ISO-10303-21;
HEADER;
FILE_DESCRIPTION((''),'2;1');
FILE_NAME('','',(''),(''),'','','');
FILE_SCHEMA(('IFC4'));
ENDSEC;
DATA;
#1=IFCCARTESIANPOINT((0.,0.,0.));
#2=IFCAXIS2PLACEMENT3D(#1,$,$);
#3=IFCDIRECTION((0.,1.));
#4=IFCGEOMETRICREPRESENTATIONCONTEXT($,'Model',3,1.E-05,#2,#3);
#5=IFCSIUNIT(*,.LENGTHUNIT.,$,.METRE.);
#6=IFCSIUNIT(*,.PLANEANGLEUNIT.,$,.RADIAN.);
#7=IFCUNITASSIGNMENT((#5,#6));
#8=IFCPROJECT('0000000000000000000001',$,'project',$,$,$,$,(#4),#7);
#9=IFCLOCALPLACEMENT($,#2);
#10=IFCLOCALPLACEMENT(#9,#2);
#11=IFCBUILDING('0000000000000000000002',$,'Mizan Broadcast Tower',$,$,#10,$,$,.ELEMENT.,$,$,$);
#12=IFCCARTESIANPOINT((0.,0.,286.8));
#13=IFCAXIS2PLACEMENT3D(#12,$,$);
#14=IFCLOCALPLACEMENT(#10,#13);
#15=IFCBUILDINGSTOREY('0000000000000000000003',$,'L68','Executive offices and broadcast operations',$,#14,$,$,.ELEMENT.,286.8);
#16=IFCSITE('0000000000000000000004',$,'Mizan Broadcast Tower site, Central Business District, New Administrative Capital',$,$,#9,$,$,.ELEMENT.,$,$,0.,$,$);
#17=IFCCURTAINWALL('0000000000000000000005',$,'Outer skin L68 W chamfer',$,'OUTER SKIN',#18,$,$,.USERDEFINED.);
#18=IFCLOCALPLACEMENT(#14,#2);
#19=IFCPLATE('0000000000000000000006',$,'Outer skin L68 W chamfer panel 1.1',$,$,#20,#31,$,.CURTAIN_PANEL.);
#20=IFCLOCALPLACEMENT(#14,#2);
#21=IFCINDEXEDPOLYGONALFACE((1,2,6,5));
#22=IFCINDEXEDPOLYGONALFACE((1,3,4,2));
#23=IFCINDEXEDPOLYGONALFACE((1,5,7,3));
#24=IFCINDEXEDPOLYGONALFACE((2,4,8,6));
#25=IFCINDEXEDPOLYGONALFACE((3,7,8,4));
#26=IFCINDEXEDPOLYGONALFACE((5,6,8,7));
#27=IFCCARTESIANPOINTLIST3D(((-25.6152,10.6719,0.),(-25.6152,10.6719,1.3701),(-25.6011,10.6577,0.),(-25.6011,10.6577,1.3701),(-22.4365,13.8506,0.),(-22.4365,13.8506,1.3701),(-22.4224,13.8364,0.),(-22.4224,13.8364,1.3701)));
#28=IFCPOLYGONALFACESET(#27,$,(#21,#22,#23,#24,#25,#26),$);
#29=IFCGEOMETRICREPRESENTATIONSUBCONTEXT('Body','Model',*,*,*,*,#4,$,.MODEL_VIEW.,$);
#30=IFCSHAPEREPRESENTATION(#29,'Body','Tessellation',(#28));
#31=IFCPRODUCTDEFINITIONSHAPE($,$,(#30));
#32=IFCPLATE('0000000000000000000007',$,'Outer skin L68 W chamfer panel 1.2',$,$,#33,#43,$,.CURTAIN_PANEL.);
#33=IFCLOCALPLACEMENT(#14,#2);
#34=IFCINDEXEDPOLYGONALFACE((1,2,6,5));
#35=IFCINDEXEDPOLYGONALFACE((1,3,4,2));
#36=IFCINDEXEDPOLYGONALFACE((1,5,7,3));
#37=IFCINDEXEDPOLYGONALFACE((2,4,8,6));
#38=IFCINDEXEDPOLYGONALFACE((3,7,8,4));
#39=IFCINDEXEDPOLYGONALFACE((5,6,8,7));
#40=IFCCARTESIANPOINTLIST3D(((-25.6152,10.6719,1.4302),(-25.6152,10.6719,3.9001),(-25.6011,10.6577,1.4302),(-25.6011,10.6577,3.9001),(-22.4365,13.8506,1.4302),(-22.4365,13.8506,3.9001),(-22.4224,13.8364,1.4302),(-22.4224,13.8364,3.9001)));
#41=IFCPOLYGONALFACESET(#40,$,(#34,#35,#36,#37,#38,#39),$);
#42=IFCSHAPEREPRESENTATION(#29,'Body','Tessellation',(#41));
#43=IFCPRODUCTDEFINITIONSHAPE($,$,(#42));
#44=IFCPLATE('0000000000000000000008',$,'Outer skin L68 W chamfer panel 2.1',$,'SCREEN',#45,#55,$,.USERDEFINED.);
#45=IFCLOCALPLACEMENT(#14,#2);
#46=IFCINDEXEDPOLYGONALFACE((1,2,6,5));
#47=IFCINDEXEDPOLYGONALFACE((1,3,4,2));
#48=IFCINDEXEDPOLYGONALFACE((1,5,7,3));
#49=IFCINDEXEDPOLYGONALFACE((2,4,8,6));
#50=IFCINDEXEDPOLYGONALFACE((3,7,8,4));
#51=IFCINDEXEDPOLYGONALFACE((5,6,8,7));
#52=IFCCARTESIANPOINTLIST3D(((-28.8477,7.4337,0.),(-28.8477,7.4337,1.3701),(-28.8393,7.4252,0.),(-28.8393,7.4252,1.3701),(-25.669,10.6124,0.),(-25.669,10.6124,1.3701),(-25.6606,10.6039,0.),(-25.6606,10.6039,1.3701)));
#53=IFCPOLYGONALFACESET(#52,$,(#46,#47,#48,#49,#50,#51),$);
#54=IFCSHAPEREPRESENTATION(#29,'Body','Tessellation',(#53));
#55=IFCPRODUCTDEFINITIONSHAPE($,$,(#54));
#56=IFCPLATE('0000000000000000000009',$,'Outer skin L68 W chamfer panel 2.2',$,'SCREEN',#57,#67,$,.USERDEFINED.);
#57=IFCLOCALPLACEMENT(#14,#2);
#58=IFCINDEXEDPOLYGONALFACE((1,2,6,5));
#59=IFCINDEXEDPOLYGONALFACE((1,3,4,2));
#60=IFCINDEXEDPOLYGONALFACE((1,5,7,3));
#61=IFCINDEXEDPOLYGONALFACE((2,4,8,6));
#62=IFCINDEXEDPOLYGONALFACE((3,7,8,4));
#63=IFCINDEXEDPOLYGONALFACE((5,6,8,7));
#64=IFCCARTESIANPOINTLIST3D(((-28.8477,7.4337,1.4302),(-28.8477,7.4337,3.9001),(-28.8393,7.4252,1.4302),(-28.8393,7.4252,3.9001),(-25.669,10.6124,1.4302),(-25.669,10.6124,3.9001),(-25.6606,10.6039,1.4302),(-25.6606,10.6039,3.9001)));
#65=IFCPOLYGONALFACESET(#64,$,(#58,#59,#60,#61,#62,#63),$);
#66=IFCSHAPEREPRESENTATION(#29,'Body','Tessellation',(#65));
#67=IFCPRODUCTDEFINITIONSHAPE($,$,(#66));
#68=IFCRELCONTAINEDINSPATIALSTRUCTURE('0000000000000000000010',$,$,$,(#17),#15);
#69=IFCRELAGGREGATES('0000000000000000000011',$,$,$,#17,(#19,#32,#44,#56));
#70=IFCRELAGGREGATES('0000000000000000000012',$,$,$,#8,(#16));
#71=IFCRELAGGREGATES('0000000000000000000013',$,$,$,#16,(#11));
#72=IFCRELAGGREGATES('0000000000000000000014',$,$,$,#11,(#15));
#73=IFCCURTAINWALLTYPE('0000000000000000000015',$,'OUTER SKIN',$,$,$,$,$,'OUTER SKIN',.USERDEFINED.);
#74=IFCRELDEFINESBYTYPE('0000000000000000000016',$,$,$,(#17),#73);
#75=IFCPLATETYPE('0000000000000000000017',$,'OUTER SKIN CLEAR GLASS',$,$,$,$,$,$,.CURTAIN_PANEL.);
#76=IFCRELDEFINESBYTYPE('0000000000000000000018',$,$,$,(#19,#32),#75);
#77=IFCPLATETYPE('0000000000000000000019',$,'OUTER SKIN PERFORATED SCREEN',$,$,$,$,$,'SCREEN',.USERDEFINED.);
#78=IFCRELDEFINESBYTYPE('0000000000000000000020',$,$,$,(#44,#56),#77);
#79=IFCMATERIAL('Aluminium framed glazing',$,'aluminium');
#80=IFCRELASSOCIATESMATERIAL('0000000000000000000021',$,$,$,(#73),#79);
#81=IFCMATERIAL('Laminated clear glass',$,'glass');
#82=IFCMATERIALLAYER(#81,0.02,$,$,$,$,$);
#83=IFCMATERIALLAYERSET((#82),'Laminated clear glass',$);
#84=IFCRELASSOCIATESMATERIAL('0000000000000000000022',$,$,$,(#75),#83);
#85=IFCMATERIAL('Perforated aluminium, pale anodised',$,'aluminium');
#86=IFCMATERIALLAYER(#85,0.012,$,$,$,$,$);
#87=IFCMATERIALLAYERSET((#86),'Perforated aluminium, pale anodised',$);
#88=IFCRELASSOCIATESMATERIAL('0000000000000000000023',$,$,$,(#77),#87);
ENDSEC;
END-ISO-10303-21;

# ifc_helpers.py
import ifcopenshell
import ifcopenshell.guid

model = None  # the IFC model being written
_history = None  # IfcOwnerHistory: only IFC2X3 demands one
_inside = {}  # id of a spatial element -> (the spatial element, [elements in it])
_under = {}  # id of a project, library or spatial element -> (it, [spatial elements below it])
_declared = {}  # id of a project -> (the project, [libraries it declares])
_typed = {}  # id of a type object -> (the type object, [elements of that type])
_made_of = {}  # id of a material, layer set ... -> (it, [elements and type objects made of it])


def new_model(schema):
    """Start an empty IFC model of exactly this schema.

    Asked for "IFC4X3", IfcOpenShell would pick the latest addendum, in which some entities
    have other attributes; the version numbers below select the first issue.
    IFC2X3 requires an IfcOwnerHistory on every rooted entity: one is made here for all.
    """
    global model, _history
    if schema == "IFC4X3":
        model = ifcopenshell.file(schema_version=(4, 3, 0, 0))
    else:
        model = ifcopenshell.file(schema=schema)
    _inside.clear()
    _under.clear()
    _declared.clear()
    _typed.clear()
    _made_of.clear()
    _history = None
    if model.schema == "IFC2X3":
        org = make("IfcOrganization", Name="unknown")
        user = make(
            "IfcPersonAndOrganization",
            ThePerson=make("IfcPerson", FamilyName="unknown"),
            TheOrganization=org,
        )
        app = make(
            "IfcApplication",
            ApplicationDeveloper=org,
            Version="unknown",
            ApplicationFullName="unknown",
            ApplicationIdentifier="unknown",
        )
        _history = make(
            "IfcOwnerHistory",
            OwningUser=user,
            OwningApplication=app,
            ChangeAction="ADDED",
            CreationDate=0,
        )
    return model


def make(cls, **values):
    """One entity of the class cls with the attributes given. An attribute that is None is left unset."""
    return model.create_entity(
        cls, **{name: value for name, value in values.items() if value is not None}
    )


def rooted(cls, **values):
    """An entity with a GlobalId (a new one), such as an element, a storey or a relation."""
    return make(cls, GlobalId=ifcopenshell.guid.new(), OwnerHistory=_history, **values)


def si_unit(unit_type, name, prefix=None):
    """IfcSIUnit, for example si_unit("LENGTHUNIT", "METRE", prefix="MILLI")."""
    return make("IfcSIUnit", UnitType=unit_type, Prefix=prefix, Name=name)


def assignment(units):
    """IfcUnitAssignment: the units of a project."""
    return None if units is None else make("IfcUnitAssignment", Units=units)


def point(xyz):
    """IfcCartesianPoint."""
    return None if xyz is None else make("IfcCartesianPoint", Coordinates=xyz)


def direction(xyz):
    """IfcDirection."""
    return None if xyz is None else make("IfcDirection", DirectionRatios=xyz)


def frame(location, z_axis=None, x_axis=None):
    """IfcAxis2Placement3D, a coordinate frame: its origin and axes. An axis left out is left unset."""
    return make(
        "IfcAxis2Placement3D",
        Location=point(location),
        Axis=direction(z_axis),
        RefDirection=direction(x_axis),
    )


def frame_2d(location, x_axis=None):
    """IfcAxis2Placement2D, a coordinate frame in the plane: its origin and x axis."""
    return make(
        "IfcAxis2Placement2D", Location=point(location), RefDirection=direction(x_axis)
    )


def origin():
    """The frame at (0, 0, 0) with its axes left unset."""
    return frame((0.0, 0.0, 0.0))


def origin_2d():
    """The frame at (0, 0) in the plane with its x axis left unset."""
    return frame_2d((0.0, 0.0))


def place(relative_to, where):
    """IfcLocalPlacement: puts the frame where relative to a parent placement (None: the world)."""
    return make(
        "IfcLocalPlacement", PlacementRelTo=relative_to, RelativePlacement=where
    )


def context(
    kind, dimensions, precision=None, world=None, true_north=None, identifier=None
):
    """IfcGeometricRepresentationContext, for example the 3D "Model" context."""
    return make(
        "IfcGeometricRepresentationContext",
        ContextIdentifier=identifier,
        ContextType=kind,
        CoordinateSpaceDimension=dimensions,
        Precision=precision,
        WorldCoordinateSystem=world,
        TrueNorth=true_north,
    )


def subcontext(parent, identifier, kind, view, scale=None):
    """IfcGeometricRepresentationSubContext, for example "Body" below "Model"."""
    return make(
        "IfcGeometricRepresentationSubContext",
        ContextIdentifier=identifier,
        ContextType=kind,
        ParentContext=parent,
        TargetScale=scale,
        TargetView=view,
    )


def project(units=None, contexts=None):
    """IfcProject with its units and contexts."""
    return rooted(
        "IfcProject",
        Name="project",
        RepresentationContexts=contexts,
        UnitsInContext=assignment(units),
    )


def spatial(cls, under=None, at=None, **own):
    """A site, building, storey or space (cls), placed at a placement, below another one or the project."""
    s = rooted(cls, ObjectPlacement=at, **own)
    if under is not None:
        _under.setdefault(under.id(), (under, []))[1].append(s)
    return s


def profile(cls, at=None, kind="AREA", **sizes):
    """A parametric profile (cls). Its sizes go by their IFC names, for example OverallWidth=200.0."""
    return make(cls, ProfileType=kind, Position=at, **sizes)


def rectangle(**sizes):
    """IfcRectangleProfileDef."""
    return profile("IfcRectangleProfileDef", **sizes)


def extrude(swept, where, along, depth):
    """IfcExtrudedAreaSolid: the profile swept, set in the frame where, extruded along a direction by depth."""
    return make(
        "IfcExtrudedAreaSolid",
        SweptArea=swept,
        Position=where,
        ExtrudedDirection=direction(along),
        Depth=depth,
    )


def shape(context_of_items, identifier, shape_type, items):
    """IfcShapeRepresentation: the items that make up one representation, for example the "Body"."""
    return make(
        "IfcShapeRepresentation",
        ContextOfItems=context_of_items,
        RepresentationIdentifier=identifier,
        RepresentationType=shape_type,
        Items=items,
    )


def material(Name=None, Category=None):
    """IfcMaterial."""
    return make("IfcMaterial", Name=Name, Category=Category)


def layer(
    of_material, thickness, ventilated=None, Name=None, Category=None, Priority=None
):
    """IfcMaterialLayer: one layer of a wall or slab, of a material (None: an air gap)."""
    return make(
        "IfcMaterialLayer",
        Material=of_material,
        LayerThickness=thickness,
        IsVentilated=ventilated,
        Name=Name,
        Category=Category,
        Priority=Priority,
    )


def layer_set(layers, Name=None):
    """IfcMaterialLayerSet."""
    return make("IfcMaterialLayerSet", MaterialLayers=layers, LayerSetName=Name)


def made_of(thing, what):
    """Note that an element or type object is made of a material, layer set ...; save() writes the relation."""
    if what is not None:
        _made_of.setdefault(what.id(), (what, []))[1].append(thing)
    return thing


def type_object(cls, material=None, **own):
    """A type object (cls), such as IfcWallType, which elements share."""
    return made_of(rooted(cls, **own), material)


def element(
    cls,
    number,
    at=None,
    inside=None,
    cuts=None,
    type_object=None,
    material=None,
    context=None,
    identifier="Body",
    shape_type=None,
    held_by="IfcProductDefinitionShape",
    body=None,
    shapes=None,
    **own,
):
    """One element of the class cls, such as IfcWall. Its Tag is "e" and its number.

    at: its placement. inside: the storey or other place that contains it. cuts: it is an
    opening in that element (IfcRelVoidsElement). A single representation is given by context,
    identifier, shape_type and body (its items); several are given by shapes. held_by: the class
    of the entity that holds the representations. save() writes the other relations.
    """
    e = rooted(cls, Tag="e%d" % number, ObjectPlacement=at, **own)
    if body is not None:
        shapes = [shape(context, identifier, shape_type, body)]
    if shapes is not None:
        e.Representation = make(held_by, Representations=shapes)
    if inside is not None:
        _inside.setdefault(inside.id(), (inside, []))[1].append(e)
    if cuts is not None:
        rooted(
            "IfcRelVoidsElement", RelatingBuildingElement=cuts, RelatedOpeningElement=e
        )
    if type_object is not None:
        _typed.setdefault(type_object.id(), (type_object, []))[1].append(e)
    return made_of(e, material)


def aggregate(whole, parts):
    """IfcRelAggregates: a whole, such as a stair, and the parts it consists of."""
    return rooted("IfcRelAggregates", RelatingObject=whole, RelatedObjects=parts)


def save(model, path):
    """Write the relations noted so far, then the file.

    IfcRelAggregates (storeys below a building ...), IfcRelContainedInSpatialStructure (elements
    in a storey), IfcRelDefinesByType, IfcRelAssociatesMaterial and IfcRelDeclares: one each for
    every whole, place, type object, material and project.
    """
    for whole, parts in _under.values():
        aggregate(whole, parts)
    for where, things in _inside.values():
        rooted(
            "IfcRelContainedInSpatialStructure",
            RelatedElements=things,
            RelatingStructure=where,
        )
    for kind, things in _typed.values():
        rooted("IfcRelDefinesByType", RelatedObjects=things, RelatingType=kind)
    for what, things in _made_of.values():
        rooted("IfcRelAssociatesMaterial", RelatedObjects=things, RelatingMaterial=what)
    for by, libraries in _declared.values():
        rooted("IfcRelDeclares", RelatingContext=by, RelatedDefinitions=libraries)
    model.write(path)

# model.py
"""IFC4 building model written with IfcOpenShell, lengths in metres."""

from ifc_helpers import new_model, si_unit, direction, frame, origin, origin_2d, place, context, subcontext, project, spatial, rectangle, extrude, material, layer, layer_set, type_object, element, aggregate, save


model = new_model("IFC4")

# Units and contexts
model_context = context("Model", 3, precision=1e-05, world=origin(), true_north=direction((0.0, 1.0)))
body_context = subcontext(model_context, "Body", "Model", "MODEL_VIEW")
ifc_project = project(units=[si_unit("LENGTHUNIT", "METRE"), si_unit("PLANEANGLEUNIT", "RADIAN")], contexts=[model_context])

# Site, building, storey
site_placement = place(None, origin())
site = spatial("IfcSite", under=ifc_project, at=site_placement, Name="Mizan Broadcast Tower site, Central Business District, New Administrative Capital", CompositionType="ELEMENT", RefElevation=0.0)
building_placement = place(site_placement, origin())
building = spatial("IfcBuilding", under=site, at=building_placement, Name="Mizan Broadcast Tower", CompositionType="ELEMENT")
storey_placement = place(building_placement, frame((0.0, 0.0, 286.8)))
storey = spatial("IfcBuildingStorey", under=building, at=storey_placement, Name="L68", Description="Executive offices and broadcast operations", CompositionType="ELEMENT", Elevation=286.8)

# Shared definitions
ifc_material_1 = material(Name="Aluminium framed glazing", Category="aluminium")
curtain_wall_type_1 = type_object("IfcCurtainWallType", Name="OUTER SKIN", ElementType="OUTER SKIN", PredefinedType="USERDEFINED", material=ifc_material_1)

# Curtain wall
curtain_wall_1_placement = place(storey_placement, origin())
curtain_wall_1 = element("IfcCurtainWall", 1, at=curtain_wall_1_placement, inside=storey, type_object=curtain_wall_type_1, Name="Outer skin L68 W chamfer", ObjectType="OUTER SKIN", PredefinedType="USERDEFINED")

# Plates
ifc_material_2 = material(Name="Laminated clear glass", Category="glass")
ifc_layer_1 = layer(ifc_material_2, 0.02)
ifc_layer_set_1 = layer_set([ifc_layer_1], Name="Laminated clear glass")
plate_type_1 = type_object("IfcPlateType", Name="OUTER SKIN CLEAR GLASS", PredefinedType="CURTAIN_PANEL", material=ifc_layer_set_1)
plate_1_placement = place(storey_placement, frame((-24.0188, 12.2542, 0.0), z_axis=(0.0, 0.0, 1.0), x_axis=(-0.707107, -0.707107, 0.0)))
plate_1 = element("IfcPlate", 2, at=plate_1_placement, type_object=plate_type_1, Name="Outer skin L68 W chamfer panel 1.1", PredefinedType="CURTAIN_PANEL", context=body_context, shape_type="SweptSolid", body=[
    extrude(rectangle(XDim=4.4954, YDim=0.02, at=origin_2d()), origin(), (0.0, 0.0, 1.0), 1.3701),
])
plate_2_placement = place(storey_placement, frame((-24.0188, 12.2542, 1.4302), z_axis=(0.0, 0.0, 1.0), x_axis=(-0.707107, -0.707107, 0.0)))
plate_2 = element("IfcPlate", 3, at=plate_2_placement, type_object=plate_type_1, Name="Outer skin L68 W chamfer panel 1.2", PredefinedType="CURTAIN_PANEL", context=body_context, shape_type="SweptSolid", body=[
    extrude(rectangle(XDim=4.4954, YDim=0.02, at=origin_2d()), origin(), (0.0, 0.0, 1.0), 2.47),
])
ifc_material_3 = material(Name="Perforated aluminium, pale anodised", Category="aluminium")
ifc_layer_2 = layer(ifc_material_3, 0.012)
ifc_layer_set_2 = layer_set([ifc_layer_2], Name="Perforated aluminium, pale anodised")
plate_type_2 = type_object("IfcPlateType", Name="OUTER SKIN PERFORATED SCREEN", ElementType="SCREEN", PredefinedType="USERDEFINED", material=ifc_layer_set_2)
plate_3_placement = place(storey_placement, frame((-27.2542, 9.0188, 0.0), z_axis=(0.0, 0.0, 1.0), x_axis=(-0.707107, -0.707107, 0.0)))
plate_3 = element("IfcPlate", 4, at=plate_3_placement, type_object=plate_type_2, Name="Outer skin L68 W chamfer panel 2.1", ObjectType="SCREEN", PredefinedType="USERDEFINED", context=body_context, shape_type="SweptSolid", body=[
    extrude(rectangle(XDim=4.4954, YDim=0.012, at=origin_2d()), origin(), (0.0, 0.0, 1.0), 1.3701),
])
plate_4_placement = place(storey_placement, frame((-27.2542, 9.0188, 1.4302), z_axis=(0.0, 0.0, 1.0), x_axis=(-0.707107, -0.707107, 0.0)))
plate_4 = element("IfcPlate", 5, at=plate_4_placement, type_object=plate_type_2, Name="Outer skin L68 W chamfer panel 2.2", ObjectType="SCREEN", PredefinedType="USERDEFINED", context=body_context, shape_type="SweptSolid", body=[
    extrude(rectangle(XDim=4.4954, YDim=0.012, at=origin_2d()), origin(), (0.0, 0.0, 1.0), 2.47),
])
aggregate(curtain_wall_1, [plate_1, plate_2, plate_3, plate_4])

save(model, "model.ifc")
